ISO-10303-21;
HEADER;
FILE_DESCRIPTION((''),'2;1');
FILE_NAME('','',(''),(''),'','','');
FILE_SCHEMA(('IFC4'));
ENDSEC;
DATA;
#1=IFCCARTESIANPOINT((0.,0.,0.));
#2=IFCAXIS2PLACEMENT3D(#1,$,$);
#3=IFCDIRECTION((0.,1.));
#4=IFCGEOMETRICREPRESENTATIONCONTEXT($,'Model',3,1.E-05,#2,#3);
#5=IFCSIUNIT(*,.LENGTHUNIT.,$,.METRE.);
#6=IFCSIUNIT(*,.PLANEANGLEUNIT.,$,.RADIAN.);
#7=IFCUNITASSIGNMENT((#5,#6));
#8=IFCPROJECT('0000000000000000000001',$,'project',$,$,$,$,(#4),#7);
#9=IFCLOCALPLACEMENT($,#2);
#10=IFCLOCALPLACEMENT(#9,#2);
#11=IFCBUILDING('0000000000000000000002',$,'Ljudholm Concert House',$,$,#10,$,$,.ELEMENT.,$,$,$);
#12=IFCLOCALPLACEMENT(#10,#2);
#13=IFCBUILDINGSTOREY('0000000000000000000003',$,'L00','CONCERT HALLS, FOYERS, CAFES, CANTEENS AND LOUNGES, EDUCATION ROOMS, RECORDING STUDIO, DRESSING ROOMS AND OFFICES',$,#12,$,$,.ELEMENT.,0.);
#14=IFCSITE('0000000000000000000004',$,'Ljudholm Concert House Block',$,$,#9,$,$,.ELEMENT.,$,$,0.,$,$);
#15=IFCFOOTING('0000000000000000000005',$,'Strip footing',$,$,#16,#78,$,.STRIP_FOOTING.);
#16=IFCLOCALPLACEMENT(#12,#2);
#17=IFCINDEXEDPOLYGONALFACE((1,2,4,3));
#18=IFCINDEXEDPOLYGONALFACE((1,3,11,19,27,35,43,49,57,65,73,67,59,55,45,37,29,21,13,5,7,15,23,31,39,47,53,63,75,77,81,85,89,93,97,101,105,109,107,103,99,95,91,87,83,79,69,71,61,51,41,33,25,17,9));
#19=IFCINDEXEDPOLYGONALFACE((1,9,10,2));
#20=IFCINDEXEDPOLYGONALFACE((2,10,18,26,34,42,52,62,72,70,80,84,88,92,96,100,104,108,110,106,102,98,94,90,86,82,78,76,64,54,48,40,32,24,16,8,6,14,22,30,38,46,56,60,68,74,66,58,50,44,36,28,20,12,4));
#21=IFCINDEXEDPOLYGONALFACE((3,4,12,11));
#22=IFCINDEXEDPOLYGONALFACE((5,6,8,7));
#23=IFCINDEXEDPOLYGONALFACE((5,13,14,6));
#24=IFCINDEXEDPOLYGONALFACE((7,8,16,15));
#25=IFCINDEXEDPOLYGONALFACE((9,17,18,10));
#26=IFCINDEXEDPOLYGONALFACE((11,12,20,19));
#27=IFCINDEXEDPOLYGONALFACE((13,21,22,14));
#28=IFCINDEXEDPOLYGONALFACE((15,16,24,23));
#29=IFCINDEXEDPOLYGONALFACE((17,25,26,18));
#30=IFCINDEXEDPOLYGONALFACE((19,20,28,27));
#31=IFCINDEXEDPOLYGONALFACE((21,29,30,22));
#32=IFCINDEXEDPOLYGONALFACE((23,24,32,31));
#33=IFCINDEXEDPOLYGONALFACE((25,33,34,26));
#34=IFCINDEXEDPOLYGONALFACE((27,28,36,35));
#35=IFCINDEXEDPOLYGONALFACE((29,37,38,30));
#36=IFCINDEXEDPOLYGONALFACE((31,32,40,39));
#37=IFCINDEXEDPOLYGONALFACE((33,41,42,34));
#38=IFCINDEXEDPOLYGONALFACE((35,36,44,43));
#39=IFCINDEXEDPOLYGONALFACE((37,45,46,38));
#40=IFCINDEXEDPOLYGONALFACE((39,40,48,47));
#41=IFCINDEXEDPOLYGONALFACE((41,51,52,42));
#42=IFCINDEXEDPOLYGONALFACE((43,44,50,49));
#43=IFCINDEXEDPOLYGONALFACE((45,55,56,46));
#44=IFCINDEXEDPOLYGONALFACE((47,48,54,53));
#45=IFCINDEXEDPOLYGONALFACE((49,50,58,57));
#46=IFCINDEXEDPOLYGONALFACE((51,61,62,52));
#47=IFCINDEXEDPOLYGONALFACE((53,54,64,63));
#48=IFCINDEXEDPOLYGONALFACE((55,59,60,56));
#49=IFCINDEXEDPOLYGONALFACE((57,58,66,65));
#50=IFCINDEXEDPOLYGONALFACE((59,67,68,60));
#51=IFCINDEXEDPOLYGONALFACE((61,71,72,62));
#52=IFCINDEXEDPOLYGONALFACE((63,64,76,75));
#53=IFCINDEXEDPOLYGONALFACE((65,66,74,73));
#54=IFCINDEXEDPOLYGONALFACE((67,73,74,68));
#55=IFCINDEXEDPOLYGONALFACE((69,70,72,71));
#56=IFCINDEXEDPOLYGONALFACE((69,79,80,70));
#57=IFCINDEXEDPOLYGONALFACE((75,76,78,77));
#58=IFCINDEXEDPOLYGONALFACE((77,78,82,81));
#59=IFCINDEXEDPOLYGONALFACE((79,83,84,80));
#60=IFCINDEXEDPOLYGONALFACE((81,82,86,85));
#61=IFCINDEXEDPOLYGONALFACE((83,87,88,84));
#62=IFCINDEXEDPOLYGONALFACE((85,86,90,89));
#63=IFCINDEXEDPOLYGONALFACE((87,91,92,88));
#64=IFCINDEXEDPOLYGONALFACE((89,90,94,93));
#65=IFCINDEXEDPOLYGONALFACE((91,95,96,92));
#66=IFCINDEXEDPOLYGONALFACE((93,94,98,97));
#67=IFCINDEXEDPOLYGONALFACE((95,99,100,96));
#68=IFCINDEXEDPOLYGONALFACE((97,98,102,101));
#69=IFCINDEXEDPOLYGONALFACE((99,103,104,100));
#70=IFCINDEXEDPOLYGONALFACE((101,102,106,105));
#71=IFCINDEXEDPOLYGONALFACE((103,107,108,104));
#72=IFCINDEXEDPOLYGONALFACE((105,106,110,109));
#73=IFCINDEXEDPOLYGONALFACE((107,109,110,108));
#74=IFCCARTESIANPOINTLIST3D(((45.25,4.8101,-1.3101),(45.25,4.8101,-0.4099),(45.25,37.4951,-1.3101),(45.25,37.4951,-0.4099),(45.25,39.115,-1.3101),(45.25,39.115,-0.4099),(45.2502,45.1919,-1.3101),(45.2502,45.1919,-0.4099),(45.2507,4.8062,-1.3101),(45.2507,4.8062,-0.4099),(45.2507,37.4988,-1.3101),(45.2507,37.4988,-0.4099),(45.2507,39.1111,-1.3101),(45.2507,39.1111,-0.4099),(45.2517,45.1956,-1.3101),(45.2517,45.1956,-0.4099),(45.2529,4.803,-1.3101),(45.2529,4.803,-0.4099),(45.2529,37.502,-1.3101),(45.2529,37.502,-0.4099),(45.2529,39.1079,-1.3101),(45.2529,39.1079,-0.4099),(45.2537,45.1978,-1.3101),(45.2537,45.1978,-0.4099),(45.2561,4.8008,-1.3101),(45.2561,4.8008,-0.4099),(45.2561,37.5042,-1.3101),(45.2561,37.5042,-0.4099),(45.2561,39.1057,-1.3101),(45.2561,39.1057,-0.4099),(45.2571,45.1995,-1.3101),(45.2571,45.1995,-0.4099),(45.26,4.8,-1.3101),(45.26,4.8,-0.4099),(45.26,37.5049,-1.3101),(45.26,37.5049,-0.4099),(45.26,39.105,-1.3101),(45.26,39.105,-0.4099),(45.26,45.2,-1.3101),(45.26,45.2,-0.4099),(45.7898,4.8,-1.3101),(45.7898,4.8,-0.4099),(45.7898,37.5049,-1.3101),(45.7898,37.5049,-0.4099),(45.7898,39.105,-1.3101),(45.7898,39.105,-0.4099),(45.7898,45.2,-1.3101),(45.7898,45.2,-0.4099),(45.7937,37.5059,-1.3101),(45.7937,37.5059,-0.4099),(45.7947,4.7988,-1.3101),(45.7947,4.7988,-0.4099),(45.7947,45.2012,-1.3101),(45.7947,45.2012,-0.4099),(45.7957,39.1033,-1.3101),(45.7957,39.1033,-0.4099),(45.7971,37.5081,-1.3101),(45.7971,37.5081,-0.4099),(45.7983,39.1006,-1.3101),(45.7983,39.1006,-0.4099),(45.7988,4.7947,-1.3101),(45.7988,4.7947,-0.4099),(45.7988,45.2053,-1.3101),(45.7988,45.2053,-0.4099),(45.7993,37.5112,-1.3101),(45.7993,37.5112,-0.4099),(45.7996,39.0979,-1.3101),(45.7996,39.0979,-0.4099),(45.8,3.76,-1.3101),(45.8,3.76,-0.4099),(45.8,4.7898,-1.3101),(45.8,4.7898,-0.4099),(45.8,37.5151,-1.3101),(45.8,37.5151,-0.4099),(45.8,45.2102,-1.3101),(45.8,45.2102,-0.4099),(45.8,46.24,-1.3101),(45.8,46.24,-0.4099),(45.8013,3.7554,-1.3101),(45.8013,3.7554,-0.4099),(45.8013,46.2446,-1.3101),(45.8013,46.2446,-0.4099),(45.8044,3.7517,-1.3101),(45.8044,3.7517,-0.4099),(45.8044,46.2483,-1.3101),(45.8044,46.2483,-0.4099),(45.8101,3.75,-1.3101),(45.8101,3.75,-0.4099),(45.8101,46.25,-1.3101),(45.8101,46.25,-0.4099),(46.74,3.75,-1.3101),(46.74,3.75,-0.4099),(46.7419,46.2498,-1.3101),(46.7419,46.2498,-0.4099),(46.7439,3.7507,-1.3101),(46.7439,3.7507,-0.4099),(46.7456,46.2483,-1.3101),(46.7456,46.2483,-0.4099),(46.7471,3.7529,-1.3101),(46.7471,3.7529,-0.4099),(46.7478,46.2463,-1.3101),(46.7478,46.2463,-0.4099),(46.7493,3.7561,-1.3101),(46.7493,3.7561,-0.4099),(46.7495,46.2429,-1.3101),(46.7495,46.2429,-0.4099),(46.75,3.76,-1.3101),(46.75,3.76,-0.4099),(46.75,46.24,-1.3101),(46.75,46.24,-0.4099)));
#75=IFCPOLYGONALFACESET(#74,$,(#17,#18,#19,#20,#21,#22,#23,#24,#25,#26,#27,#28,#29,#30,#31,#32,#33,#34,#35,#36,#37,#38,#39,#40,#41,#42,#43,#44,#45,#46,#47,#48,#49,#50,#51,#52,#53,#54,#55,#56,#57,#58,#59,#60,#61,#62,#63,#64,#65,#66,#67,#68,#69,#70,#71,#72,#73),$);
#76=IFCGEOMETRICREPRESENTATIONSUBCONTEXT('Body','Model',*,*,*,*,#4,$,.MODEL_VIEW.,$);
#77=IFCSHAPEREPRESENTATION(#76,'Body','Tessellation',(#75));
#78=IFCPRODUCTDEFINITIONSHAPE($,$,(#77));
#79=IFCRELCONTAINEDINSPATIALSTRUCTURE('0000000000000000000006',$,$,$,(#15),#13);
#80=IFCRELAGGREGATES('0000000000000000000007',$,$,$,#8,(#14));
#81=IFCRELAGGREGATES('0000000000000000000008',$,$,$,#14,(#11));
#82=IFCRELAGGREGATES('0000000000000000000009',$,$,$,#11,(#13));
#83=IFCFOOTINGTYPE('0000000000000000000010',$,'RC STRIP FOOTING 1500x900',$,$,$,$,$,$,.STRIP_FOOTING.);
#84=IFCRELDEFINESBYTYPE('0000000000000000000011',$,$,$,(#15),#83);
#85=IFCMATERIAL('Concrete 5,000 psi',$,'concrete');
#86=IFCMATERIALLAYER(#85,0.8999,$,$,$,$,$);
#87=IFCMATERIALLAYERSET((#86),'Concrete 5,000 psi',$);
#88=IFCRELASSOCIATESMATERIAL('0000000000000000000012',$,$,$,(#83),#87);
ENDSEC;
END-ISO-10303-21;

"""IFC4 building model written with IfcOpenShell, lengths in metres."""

from ifc_helpers import new_model, si_unit, direction, frame, origin, place, context, subcontext, project, spatial, polyline, outline, extrude, material, layer, layer_set, type_object, element, save


model = new_model("IFC4")

# Units and contexts
model_context = context("Model", 3, precision=1e-05, world=origin(), true_north=direction((0.0, 1.0)))
body_context = subcontext(model_context, "Body", "Model", "MODEL_VIEW")
ifc_project = project(units=[si_unit("LENGTHUNIT", "METRE"), si_unit("PLANEANGLEUNIT", "RADIAN")], contexts=[model_context])

# Site, building, storey
site_placement = place(None, origin())
site = spatial("IfcSite", under=ifc_project, at=site_placement, Name="Ljudholm Concert House Block", CompositionType="ELEMENT", RefElevation=0.0)
building_placement = place(site_placement, origin())
building = spatial("IfcBuilding", under=site, at=building_placement, Name="Ljudholm Concert House", CompositionType="ELEMENT")
storey_placement = place(building_placement, origin())
storey = spatial("IfcBuildingStorey", under=building, at=storey_placement, Name="L00", Description="CONCERT HALLS, FOYERS, CAFES, CANTEENS AND LOUNGES, EDUCATION ROOMS, RECORDING STUDIO, DRESSING ROOMS AND OFFICES", CompositionType="ELEMENT", Elevation=0.0)

# Footing
ifc_material_1 = material(Name="Concrete 5,000 psi", Category="concrete")
ifc_layer_1 = layer(ifc_material_1, 0.8999)
ifc_layer_set_1 = layer_set([ifc_layer_1], Name="Concrete 5,000 psi")
footing_type_1 = type_object("IfcFootingType", Name="RC STRIP FOOTING 1500x900", PredefinedType="STRIP_FOOTING", material=ifc_layer_set_1)
footing_1_placement = place(storey_placement, frame((0.0, 0.0, -1.3101)))
element("IfcFooting", 1, at=footing_1_placement, inside=storey, type_object=footing_type_1, Name="Strip footing", PredefinedType="STRIP_FOOTING", context=body_context, shape_type="SweptSolid", body=[
    extrude(outline(polyline([(45.26, 39.105), (45.7898, 39.105), (45.7957, 39.1033), (45.7983, 39.1006), (45.7996, 39.0979), (45.8, 37.5151), (45.7993, 37.5112), (45.7971, 37.5081), (45.7937, 37.5059), (45.7898, 37.5049), (45.26, 37.5049), (45.2561, 37.5042), (45.2529, 37.502), (45.2507, 37.4988), (45.25, 37.4951), (45.25, 4.8101), (45.2507, 4.8062), (45.2529, 4.803), (45.2561, 4.8008), (45.26, 4.8), (45.7898, 4.8), (45.7947, 4.7988), (45.7988, 4.7947), (45.8, 4.7898), (45.8, 3.76), (45.8013, 3.7554), (45.8044, 3.7517), (45.8101, 3.75), (46.74, 3.75), (46.7439, 3.7507), (46.7471, 3.7529), (46.7493, 3.7561), (46.75, 3.76), (46.75, 46.24), (46.7495, 46.2429), (46.7478, 46.2463), (46.7456, 46.2483), (46.7419, 46.2498), (45.8101, 46.25), (45.8044, 46.2483), (45.8013, 46.2446), (45.8, 46.24), (45.8, 45.2102), (45.7988, 45.2053), (45.7947, 45.2012), (45.7898, 45.2), (45.26, 45.2), (45.2571, 45.1995), (45.2537, 45.1978), (45.2517, 45.1956), (45.2502, 45.1919), (45.25, 39.115), (45.2507, 39.1111), (45.2529, 39.1079), (45.2561, 39.1057), (45.26, 39.105)])), origin(), (0.0, 0.0, 1.0), 0.9001),
])

save(model, "model.ifc")
